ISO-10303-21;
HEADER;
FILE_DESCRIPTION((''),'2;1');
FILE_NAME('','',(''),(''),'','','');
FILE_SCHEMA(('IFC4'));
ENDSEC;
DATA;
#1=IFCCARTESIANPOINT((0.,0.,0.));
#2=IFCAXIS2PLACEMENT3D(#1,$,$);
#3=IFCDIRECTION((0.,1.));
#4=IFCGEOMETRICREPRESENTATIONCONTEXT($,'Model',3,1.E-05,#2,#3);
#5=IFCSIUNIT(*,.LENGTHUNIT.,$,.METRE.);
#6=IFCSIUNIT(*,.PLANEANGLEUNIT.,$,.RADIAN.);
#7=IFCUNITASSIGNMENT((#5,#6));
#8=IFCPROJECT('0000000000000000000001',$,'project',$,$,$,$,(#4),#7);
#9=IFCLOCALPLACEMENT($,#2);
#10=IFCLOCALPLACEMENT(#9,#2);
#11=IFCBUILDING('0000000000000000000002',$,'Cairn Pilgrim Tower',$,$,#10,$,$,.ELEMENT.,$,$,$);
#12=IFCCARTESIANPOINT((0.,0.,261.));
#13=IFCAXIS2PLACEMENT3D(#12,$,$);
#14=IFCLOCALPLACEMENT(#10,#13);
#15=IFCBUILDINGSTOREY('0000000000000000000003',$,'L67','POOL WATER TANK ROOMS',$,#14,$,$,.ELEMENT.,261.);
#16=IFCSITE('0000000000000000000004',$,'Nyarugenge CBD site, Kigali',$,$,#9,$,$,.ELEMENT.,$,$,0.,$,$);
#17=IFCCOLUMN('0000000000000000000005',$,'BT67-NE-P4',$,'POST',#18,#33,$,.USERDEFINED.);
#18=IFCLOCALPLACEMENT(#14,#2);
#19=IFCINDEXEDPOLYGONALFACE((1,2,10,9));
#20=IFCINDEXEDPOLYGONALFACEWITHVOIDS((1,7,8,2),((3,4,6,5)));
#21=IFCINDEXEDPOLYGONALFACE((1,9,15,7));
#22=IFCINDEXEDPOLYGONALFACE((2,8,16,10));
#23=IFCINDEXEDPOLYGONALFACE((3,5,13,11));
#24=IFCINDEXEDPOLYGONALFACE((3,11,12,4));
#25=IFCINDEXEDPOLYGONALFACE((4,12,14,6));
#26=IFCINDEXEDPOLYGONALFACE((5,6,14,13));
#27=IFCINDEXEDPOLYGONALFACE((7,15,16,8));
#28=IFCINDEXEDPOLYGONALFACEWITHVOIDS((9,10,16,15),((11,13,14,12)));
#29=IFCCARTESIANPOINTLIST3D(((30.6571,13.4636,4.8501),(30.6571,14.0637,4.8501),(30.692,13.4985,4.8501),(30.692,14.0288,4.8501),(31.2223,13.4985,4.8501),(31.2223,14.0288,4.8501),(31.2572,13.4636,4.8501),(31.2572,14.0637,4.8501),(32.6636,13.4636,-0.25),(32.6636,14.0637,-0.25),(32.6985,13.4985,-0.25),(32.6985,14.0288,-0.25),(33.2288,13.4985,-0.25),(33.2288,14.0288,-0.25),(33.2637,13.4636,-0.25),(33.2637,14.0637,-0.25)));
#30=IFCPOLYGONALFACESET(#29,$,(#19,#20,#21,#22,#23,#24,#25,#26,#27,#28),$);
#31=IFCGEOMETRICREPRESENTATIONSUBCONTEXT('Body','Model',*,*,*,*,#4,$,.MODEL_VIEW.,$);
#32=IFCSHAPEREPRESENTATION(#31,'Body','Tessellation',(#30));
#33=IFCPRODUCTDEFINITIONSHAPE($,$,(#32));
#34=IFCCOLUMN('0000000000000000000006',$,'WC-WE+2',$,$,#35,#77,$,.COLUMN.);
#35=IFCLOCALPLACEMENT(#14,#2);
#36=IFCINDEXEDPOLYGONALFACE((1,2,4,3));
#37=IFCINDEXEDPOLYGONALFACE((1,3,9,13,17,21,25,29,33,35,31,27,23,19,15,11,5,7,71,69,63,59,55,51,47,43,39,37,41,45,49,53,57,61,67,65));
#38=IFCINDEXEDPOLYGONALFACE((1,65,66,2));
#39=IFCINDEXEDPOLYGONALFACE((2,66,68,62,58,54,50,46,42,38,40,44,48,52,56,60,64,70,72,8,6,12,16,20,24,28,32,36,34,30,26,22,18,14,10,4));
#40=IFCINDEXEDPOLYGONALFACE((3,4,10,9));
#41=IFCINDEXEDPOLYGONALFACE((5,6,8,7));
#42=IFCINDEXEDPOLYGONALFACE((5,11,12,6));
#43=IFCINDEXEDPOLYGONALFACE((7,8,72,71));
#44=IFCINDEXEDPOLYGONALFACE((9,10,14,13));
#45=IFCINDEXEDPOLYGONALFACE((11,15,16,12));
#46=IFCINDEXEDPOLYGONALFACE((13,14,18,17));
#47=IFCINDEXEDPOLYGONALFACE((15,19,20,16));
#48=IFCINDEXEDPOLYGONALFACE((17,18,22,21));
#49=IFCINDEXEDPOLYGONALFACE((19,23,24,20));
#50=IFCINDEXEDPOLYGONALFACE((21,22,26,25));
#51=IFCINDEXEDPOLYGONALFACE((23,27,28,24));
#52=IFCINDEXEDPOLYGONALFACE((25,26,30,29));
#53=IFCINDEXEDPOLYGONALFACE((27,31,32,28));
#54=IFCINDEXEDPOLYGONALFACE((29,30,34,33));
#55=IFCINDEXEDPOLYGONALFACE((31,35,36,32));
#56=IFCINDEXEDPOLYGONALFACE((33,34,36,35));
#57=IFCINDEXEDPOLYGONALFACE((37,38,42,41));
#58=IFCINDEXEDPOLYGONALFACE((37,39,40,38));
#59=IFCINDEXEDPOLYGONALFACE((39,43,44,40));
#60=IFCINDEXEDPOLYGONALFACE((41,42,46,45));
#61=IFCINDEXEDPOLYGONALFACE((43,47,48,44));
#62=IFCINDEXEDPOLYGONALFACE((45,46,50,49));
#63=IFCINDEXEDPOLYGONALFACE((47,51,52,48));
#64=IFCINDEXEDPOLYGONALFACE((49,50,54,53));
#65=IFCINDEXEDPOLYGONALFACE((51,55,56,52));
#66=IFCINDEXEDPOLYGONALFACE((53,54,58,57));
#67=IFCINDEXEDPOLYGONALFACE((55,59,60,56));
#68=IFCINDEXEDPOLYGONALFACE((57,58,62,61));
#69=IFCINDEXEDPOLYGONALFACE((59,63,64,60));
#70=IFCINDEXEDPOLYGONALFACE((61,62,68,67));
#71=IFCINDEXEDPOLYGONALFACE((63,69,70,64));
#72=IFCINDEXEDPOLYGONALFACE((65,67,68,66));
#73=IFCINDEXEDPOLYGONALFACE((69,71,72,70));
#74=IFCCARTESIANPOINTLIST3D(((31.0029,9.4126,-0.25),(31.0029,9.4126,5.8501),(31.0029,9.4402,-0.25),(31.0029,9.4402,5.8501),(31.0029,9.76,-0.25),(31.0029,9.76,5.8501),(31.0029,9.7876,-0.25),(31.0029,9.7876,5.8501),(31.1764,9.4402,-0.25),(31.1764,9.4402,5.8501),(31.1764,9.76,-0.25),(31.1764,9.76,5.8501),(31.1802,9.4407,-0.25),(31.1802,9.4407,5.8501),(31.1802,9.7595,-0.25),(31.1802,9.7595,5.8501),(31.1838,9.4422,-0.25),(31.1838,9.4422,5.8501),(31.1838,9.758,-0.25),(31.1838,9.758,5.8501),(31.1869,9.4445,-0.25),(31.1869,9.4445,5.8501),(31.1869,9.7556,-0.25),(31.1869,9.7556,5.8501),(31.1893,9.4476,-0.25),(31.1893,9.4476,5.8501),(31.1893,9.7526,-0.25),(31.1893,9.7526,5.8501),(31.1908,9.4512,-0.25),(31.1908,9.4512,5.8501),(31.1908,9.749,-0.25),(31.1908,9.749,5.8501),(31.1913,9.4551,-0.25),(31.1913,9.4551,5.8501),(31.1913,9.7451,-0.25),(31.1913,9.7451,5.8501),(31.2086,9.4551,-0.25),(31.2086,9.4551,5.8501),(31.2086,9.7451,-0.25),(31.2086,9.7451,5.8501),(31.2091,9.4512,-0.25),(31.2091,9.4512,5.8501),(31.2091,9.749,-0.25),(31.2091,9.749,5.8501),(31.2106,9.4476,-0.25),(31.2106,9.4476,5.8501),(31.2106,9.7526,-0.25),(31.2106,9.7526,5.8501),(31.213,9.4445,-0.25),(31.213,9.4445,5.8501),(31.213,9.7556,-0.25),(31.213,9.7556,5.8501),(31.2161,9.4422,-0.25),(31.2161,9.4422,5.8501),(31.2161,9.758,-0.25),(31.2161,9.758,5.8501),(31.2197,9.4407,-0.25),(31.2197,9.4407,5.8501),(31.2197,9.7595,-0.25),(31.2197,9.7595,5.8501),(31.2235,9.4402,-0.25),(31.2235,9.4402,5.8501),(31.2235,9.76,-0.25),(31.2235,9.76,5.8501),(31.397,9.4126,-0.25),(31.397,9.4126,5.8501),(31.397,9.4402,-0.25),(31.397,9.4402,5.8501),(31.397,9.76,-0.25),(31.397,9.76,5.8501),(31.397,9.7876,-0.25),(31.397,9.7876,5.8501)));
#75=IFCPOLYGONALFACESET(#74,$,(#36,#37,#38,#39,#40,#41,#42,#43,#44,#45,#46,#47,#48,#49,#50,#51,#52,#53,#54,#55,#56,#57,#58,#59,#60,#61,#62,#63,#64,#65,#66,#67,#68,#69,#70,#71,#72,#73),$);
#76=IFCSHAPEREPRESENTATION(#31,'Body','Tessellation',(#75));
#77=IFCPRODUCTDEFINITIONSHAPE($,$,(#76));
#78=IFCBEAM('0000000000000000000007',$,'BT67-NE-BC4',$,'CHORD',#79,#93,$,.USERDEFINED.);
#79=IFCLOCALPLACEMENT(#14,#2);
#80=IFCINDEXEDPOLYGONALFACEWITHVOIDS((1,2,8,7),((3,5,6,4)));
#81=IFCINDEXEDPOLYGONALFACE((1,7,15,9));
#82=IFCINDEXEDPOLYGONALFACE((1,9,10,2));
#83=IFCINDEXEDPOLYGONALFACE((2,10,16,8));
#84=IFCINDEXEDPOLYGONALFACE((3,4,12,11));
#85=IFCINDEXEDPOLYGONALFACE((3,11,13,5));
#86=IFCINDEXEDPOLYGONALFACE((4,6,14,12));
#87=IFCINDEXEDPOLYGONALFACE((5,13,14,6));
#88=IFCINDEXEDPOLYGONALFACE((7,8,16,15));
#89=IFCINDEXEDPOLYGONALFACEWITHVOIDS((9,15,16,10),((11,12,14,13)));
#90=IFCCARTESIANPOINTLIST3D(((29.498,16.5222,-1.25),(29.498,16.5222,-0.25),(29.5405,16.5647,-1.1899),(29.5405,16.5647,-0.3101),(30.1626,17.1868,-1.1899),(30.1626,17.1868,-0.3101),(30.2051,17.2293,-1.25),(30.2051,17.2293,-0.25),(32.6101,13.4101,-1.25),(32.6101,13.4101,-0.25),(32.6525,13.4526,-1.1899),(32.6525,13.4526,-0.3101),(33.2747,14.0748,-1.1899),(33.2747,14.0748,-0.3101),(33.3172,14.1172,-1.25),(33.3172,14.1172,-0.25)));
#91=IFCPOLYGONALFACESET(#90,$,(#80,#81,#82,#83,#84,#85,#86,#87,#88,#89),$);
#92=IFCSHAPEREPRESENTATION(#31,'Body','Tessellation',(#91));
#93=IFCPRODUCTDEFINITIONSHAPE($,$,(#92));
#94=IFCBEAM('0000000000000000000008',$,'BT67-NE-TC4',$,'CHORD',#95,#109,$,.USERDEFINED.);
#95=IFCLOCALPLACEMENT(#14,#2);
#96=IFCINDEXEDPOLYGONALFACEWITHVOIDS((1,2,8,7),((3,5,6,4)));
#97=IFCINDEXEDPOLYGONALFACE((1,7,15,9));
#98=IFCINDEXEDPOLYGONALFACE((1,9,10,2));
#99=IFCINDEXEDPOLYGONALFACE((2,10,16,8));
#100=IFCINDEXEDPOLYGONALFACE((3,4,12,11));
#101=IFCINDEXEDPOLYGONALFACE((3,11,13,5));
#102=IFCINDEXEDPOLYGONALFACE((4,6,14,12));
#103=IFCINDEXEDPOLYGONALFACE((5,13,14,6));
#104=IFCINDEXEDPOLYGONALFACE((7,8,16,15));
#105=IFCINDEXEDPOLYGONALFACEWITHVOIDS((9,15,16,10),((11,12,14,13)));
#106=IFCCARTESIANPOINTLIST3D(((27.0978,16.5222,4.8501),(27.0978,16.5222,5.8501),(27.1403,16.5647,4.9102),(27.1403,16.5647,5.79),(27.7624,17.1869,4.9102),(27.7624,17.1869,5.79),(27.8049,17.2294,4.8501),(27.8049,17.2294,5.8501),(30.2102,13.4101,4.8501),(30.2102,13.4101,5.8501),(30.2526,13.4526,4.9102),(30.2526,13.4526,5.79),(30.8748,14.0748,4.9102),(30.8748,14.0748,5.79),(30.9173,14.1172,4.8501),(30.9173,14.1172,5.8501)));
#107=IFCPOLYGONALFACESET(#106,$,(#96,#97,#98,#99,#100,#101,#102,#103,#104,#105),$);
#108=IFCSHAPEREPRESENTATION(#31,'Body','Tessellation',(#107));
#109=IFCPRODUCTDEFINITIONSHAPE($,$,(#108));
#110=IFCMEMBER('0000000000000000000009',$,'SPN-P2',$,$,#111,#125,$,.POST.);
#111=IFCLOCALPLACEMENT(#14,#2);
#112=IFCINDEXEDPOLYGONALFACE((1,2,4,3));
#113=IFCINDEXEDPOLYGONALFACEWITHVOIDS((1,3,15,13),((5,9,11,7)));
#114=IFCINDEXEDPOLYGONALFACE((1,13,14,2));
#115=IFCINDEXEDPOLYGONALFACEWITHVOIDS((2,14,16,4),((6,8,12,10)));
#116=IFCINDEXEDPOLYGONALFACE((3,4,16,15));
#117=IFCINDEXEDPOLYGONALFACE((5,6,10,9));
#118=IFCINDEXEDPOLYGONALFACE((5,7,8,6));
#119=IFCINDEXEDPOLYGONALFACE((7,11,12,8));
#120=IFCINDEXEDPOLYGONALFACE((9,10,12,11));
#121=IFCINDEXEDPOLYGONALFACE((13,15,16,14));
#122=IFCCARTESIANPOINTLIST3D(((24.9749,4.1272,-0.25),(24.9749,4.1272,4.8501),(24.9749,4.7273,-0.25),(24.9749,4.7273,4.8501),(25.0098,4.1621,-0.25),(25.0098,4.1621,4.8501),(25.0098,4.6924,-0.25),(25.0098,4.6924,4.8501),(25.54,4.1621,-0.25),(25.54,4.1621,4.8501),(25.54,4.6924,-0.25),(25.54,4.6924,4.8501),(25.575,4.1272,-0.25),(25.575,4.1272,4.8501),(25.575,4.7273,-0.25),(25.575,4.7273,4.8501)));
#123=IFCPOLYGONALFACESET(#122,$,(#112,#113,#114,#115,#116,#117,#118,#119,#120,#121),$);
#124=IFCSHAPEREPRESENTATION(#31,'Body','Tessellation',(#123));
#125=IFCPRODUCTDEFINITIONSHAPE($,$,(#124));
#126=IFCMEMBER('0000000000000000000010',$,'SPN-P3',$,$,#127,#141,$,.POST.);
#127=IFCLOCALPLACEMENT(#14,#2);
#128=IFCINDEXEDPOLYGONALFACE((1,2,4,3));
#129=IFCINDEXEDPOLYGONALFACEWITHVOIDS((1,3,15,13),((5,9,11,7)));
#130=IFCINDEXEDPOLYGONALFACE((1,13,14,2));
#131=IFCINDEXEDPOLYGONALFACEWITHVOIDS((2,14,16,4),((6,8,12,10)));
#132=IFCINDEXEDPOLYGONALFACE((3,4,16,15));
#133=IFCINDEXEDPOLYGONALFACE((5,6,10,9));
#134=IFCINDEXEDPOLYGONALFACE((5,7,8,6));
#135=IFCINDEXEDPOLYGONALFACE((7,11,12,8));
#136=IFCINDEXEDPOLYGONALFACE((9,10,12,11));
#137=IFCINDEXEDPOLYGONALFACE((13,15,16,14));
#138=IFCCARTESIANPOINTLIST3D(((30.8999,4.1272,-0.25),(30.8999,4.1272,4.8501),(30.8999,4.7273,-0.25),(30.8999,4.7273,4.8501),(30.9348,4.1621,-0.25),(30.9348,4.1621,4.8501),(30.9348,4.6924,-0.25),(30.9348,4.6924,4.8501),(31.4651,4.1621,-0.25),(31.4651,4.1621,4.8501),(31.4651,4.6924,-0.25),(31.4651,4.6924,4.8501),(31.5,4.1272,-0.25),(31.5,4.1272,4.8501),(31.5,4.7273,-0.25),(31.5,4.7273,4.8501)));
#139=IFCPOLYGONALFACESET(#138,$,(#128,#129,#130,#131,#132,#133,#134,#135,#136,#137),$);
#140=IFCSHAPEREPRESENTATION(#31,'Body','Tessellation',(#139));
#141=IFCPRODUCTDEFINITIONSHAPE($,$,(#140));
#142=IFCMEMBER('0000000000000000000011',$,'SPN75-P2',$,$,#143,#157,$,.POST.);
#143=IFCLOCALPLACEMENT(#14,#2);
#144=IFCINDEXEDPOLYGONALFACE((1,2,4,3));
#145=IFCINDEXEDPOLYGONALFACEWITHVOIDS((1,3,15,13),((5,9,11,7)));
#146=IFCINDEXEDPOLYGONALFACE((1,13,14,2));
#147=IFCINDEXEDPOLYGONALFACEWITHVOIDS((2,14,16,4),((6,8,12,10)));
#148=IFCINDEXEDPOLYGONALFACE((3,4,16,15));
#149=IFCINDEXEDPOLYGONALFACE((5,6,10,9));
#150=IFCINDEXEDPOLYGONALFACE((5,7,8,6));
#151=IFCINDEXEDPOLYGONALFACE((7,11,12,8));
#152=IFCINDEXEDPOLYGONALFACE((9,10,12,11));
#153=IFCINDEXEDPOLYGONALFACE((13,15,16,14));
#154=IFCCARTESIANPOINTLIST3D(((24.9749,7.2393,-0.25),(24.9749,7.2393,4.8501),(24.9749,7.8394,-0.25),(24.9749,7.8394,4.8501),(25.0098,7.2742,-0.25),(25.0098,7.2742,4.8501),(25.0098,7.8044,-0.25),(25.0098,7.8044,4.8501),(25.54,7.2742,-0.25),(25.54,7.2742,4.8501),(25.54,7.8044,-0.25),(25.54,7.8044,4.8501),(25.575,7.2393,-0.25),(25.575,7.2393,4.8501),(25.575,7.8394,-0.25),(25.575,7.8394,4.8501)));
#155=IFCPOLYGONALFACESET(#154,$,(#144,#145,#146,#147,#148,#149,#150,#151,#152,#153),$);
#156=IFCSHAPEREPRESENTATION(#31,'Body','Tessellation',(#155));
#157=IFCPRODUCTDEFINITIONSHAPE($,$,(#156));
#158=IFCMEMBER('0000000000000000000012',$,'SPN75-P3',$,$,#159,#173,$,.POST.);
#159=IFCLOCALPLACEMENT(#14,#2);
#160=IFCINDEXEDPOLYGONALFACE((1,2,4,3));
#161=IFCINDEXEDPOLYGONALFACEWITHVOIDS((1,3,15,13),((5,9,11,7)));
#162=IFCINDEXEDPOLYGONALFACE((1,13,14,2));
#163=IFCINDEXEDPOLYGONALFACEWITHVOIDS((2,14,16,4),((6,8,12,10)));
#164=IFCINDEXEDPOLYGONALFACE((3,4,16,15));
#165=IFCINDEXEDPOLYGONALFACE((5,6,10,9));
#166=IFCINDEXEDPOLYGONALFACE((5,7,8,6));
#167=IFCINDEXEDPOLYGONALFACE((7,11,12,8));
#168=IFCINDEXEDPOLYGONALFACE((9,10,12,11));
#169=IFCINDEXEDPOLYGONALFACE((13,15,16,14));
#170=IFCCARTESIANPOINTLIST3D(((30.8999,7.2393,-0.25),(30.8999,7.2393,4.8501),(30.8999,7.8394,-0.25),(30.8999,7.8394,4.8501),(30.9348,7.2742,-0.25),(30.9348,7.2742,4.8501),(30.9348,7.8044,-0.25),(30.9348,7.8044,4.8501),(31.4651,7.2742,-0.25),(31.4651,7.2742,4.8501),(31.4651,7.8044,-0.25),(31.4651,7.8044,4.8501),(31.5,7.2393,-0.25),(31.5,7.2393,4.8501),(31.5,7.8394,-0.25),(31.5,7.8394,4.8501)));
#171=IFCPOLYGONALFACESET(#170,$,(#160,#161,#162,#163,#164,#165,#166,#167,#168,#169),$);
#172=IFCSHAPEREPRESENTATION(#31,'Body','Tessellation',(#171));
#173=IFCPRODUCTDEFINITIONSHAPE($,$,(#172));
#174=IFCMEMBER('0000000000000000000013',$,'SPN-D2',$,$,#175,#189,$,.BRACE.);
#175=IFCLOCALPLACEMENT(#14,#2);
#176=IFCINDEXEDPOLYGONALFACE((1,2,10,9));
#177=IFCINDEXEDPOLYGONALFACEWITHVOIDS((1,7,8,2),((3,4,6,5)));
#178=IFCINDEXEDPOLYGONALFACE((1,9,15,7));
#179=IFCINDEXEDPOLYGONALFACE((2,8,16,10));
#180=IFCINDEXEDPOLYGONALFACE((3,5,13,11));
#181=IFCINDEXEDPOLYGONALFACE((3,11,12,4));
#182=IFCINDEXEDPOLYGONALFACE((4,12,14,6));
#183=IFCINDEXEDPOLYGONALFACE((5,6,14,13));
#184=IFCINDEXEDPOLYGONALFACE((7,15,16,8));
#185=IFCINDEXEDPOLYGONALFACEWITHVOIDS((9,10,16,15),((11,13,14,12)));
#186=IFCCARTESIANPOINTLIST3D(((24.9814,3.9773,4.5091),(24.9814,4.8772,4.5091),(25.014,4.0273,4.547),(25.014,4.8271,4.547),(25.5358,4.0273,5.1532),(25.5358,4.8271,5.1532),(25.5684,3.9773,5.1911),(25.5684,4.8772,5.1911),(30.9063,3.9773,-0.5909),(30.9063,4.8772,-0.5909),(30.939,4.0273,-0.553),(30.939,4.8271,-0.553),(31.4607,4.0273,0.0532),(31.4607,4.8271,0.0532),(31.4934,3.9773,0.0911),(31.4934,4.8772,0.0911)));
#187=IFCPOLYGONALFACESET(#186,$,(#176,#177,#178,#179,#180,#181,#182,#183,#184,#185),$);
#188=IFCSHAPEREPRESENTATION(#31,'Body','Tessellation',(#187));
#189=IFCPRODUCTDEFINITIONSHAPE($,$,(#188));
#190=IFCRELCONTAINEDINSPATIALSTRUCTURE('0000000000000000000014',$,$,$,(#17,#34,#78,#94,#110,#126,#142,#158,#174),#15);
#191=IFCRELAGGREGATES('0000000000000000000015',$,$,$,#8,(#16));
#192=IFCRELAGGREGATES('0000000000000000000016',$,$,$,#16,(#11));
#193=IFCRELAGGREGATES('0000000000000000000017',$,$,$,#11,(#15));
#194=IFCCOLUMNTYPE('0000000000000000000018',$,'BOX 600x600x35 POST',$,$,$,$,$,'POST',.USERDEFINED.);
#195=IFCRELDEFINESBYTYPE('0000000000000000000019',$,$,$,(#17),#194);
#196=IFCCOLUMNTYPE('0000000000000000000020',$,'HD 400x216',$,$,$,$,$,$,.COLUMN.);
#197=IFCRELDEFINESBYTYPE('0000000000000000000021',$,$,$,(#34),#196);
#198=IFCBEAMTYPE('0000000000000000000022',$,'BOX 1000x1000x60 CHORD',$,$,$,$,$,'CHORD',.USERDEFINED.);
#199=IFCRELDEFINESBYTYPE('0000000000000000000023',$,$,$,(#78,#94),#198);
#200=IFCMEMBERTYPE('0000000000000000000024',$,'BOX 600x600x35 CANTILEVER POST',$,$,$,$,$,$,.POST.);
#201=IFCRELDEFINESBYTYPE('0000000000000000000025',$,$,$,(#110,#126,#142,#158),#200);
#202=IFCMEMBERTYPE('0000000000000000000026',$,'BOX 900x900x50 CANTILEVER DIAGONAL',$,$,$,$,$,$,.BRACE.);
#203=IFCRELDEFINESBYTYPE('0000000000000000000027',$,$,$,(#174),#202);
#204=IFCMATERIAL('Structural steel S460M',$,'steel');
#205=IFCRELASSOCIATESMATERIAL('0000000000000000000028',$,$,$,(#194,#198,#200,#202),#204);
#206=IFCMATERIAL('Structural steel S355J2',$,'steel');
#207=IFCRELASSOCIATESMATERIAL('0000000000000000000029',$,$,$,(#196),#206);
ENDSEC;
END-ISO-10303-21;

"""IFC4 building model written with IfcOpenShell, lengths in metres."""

from ifc_helpers import new_model, si_unit, direction, frame, origin, origin_2d, place, context, subcontext, project, spatial, hollow_rectangle, i_section, extrude, clip, halfspace, material, material_profile, profile_set, type_object, element, save


model = new_model("IFC4")

# Units and contexts
model_context = context("Model", 3, precision=1e-05, world=origin(), true_north=direction((0.0, 1.0)))
body_context = subcontext(model_context, "Body", "Model", "MODEL_VIEW")
ifc_project = project(units=[si_unit("LENGTHUNIT", "METRE"), si_unit("PLANEANGLEUNIT", "RADIAN")], contexts=[model_context])

# Site, building, storey
site_placement = place(None, origin())
site = spatial("IfcSite", under=ifc_project, at=site_placement, Name="Nyarugenge CBD site, Kigali", CompositionType="ELEMENT", RefElevation=0.0)
building_placement = place(site_placement, origin())
building = spatial("IfcBuilding", under=site, at=building_placement, Name="Cairn Pilgrim Tower", CompositionType="ELEMENT")
storey_placement = place(building_placement, frame((0.0, 0.0, 261.0)))
storey = spatial("IfcBuildingStorey", under=building, at=storey_placement, Name="L67", Description="POOL WATER TANK ROOMS", CompositionType="ELEMENT", Elevation=261.0)

# Columns
ifc_material_1 = material(Name="Structural steel S460M", Category="steel")
ifc_material_profile_1 = material_profile(ifc_material_1, hollow_rectangle(XDim=0.6001, YDim=0.6001, WallThickness=0.0349, at=origin_2d()), Name="BOX 600x600x35")
ifc_profile_set_1 = profile_set([ifc_material_profile_1], Name="Structural steel S460M")
column_type_1 = type_object("IfcColumnType", Name="BOX 600x600x35 POST", ElementType="POST", PredefinedType="USERDEFINED", material=ifc_profile_set_1)
column_1_placement = place(storey_placement, frame((32.9636, 13.7637, -0.25), z_axis=(0.0, 0.0, 1.0), x_axis=(1.0, 0.0, 0.0)))
element("IfcColumn", 1, at=column_1_placement, inside=storey, type_object=column_type_1, Name="BT67-NE-P4", ObjectType="POST", PredefinedType="USERDEFINED", context=body_context, shape_type="Clipping", body=[
    clip(extrude(hollow_rectangle(XDim=0.6001, YDim=0.6001, WallThickness=0.0349, at=origin_2d()), origin(), (-0.366106, 0.0, 0.930573), 6.5552), halfspace(frame((0.0, 0.0, 5.1001), z_axis=(0.0, 0.0, 1.0), x_axis=(1.0, 0.0, 0.0)), False)),
])
ifc_material_2 = material(Name="Structural steel S355J2", Category="steel")
ifc_material_profile_2 = material_profile(ifc_material_2, i_section(OverallWidth=0.394, OverallDepth=0.375, WebThickness=0.0173, FlangeThickness=0.0276, FilletRadius=0.0149, at=origin_2d()), Name="HD 400x216")
ifc_profile_set_2 = profile_set([ifc_material_profile_2], Name="Structural steel S355J2")
column_type_2 = type_object("IfcColumnType", Name="HD 400x216", PredefinedType="COLUMN", material=ifc_profile_set_2)
column_2_placement = place(storey_placement, frame((31.2, 9.6001, -0.25), z_axis=(0.0, 0.0, 1.0), x_axis=(1.0, 0.0, 0.0)))
element("IfcColumn", 2, at=column_2_placement, inside=storey, type_object=column_type_2, Name="WC-WE+2", PredefinedType="COLUMN", context=body_context, shape_type="SweptSolid", body=[
    extrude(i_section(OverallWidth=0.394, OverallDepth=0.375, WebThickness=0.0173, FlangeThickness=0.0276, FilletRadius=0.0149, at=origin_2d()), origin(), (0.0, 0.0, 1.0), 6.1001),
])

# Beams
ifc_material_profile_3 = material_profile(ifc_material_1, hollow_rectangle(XDim=1.0, YDim=1.0, WallThickness=0.0601, at=origin_2d()), Name="BOX 1000x1000x60")
ifc_profile_set_3 = profile_set([ifc_material_profile_3], Name="Structural steel S460M")
beam_type_1 = type_object("IfcBeamType", Name="BOX 1000x1000x60 CHORD", ElementType="CHORD", PredefinedType="USERDEFINED", material=ifc_profile_set_3)
beam_1_placement = place(storey_placement, frame((32.9636, 13.7637, -0.75), z_axis=(-0.707107, 0.707107, 0.0), x_axis=(-0.707107, -0.707107, 0.0)))
element("IfcBeam", 3, at=beam_1_placement, inside=storey, type_object=beam_type_1, Name="BT67-NE-BC4", ObjectType="CHORD", PredefinedType="USERDEFINED", context=body_context, shape_type="SweptSolid", body=[
    extrude(hollow_rectangle(XDim=1.0, YDim=1.0, WallThickness=0.0601, at=origin_2d()), origin(), (0.0, 0.0, 1.0), 4.4011),
])
beam_2_placement = place(storey_placement, frame((30.5637, 13.7637, 5.3501), z_axis=(-0.707135, 0.707079, 0.0), x_axis=(-0.707079, -0.707135, 0.0)))
element("IfcBeam", 4, at=beam_2_placement, inside=storey, type_object=beam_type_1, Name="BT67-NE-TC4", ObjectType="CHORD", PredefinedType="USERDEFINED", context=body_context, shape_type="SweptSolid", body=[
    extrude(hollow_rectangle(XDim=1.0, YDim=1.0, WallThickness=0.0601, at=origin_2d()), origin(), (0.0, 0.0, 1.0), 4.4014),
])

# Members
ifc_material_profile_4 = material_profile(ifc_material_1, hollow_rectangle(XDim=0.6001, YDim=0.6001, WallThickness=0.0349, at=origin_2d()), Name="BOX 600x600x35")
ifc_profile_set_4 = profile_set([ifc_material_profile_4], Name="Structural steel S460M")
member_type_1 = type_object("IfcMemberType", Name="BOX 600x600x35 CANTILEVER POST", PredefinedType="POST", material=ifc_profile_set_4)
for number, where, z_axis, x_axis, name in (
    (5, (25.2749, 4.4272, -0.25), (0.0, 0.0, 1.0), (1.0, 0.0, 0.0), "SPN-P2"),
    (6, (31.2, 4.4272, -0.25), (0.0, 0.0, 1.0), (1.0, 0.0, 0.0), "SPN-P3"),
    (7, (25.2749, 7.5393, -0.25), (0.0, 0.0, 1.0), (1.0, 0.0, 0.0), "SPN75-P2"),
    (8, (31.2, 7.5393, -0.25), (0.0, 0.0, 1.0), (1.0, 0.0, 0.0), "SPN75-P3"),
):
    element("IfcMember", number, at=place(storey_placement, frame(where, z_axis=z_axis, x_axis=x_axis)), inside=storey, type_object=member_type_1, Name=name, PredefinedType="POST", context=body_context, shape_type="SweptSolid", body=[
        extrude(hollow_rectangle(XDim=0.6001, YDim=0.6001, WallThickness=0.0349, at=origin_2d()), origin(), (0.0, 0.0, 1.0), 5.1001),
    ])
ifc_material_profile_5 = material_profile(ifc_material_1, hollow_rectangle(XDim=0.8999, YDim=0.8999, WallThickness=0.05, at=origin_2d()), Name="BOX 900x900x50")
ifc_profile_set_5 = profile_set([ifc_material_profile_5], Name="Structural steel S460M")
member_type_2 = type_object("IfcMemberType", Name="BOX 900x900x50 CANTILEVER DIAGONAL", PredefinedType="BRACE", material=ifc_profile_set_5)
member_1_placement = place(storey_placement, frame((25.2749, 4.4272, 4.8501), z_axis=(0.757897, 0.0, -0.652374), x_axis=(0.0, 1.0, 0.0)))
element("IfcMember", 9, at=member_1_placement, inside=storey, type_object=member_type_2, Name="SPN-D2", PredefinedType="BRACE", context=body_context, shape_type="SweptSolid", body=[
    extrude(hollow_rectangle(XDim=0.8999, YDim=0.8999, WallThickness=0.05, at=origin_2d()), origin(), (0.0, 0.0, 1.0), 7.8176),
])

save(model, "model.ifc")
